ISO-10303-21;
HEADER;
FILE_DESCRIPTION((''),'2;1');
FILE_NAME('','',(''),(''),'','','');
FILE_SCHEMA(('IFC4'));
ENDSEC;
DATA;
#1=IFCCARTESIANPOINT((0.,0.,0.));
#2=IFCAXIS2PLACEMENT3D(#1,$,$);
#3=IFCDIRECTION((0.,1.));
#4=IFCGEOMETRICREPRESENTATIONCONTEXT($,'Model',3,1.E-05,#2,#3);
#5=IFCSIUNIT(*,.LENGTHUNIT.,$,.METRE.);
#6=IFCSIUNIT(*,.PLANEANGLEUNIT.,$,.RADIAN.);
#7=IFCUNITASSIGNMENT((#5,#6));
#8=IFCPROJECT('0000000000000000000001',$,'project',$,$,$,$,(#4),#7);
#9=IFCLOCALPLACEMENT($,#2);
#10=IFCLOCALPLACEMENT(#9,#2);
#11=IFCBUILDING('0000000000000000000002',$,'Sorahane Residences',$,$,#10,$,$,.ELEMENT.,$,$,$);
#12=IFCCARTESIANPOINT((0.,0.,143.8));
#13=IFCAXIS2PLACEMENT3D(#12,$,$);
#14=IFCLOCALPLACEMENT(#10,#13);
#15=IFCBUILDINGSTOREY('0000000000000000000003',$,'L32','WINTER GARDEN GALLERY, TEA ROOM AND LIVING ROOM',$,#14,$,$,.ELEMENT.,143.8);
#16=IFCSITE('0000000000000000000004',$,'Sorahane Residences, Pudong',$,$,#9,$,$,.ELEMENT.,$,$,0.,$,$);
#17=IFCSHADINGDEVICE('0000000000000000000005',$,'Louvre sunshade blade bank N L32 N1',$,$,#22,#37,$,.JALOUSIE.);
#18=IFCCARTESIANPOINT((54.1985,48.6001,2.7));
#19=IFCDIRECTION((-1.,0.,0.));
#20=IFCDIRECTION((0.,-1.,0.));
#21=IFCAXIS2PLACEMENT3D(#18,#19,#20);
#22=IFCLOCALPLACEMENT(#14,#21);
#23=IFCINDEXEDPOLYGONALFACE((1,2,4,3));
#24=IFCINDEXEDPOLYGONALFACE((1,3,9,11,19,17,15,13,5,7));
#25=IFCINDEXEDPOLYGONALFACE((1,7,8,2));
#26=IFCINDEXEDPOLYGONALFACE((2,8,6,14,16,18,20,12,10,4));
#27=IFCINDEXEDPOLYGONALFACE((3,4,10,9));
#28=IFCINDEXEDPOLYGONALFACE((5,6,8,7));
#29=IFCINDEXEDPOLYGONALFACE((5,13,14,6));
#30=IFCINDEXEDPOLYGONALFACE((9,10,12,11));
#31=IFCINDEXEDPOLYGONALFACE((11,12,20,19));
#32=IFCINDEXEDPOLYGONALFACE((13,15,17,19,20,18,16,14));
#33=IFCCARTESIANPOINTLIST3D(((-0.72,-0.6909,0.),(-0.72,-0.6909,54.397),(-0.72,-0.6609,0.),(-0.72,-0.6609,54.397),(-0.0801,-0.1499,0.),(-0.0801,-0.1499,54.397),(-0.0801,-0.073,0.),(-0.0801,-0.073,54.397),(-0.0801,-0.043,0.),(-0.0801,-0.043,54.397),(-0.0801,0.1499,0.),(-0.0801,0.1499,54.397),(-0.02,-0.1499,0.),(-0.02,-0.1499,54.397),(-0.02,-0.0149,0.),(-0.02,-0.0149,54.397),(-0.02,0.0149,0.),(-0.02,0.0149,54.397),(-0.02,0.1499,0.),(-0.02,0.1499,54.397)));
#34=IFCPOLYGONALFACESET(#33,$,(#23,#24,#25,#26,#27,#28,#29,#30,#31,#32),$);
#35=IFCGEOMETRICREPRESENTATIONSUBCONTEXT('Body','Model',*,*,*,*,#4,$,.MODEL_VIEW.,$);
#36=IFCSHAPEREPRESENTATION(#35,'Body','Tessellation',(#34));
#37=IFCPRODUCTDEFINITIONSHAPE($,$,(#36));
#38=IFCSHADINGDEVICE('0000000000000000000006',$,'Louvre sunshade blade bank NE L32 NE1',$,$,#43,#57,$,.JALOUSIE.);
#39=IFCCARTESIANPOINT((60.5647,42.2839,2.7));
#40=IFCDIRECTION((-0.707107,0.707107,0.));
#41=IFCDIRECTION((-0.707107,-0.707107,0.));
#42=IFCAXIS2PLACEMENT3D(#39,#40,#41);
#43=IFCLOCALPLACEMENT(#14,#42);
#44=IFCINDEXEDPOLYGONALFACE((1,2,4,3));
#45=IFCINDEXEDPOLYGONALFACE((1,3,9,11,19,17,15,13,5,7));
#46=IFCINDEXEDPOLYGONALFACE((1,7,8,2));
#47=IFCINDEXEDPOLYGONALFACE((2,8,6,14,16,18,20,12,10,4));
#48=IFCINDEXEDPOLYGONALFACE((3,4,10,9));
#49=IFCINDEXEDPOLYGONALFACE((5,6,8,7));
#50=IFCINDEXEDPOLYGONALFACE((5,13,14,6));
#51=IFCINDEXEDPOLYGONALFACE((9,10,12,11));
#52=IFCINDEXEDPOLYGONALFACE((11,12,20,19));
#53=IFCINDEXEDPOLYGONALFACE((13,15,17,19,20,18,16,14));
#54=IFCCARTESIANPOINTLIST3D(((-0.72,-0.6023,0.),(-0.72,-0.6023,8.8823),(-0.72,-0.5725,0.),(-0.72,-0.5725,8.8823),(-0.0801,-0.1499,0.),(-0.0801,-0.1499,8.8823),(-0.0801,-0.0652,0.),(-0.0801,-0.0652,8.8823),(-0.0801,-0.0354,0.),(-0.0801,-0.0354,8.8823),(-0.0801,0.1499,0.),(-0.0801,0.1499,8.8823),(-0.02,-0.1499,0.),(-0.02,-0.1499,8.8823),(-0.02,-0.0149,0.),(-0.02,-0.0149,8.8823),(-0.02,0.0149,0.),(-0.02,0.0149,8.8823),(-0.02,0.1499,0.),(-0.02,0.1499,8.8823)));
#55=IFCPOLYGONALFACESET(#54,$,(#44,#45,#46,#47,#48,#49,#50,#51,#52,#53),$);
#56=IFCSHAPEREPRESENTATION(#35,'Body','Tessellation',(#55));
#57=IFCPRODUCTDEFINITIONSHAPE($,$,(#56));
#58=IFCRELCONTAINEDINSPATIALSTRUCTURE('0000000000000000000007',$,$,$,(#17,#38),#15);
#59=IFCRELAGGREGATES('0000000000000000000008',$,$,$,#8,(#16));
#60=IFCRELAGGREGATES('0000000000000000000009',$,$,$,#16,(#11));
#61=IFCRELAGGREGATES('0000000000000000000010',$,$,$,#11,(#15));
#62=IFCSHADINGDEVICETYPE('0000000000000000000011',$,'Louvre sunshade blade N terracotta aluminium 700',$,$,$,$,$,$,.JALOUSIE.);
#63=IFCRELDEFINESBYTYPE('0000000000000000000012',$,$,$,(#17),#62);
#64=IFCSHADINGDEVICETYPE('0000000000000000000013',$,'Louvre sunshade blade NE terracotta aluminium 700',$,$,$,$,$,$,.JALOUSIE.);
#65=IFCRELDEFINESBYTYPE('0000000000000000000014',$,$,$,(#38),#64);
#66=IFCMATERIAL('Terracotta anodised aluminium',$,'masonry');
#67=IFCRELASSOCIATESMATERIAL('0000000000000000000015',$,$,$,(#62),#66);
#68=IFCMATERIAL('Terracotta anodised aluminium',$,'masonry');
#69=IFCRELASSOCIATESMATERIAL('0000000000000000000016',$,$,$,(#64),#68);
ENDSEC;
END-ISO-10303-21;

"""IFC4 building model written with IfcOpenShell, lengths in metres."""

from ifc_helpers import new_model, si_unit, direction, frame, origin, place, context, subcontext, project, spatial, polyline, outline, extrude, material, type_object, element, save


model = new_model("IFC4")

# Units and contexts
model_context = context("Model", 3, precision=1e-05, world=origin(), true_north=direction((0.0, 1.0)))
body_context = subcontext(model_context, "Body", "Model", "MODEL_VIEW")
ifc_project = project(units=[si_unit("LENGTHUNIT", "METRE"), si_unit("PLANEANGLEUNIT", "RADIAN")], contexts=[model_context])

# Site, building, storey
site_placement = place(None, origin())
site = spatial("IfcSite", under=ifc_project, at=site_placement, Name="Sorahane Residences, Pudong", CompositionType="ELEMENT", RefElevation=0.0)
building_placement = place(site_placement, origin())
building = spatial("IfcBuilding", under=site, at=building_placement, Name="Sorahane Residences", CompositionType="ELEMENT")
storey_placement = place(building_placement, frame((0.0, 0.0, 143.8)))
storey = spatial("IfcBuildingStorey", under=building, at=storey_placement, Name="L32", Description="WINTER GARDEN GALLERY, TEA ROOM AND LIVING ROOM", CompositionType="ELEMENT", Elevation=143.8)

# Shading devices
ifc_material_1 = material(Name="Terracotta anodised aluminium", Category="masonry")
shading_device_type_1 = type_object("IfcShadingDeviceType", Name="Louvre sunshade blade N terracotta aluminium 700", PredefinedType="JALOUSIE", material=ifc_material_1)
shading_device_1_placement = place(storey_placement, frame((54.1985, 48.6001, 2.7), z_axis=(-1.0, 0.0, 0.0), x_axis=(0.0, -1.0, 0.0)))
element("IfcShadingDevice", 1, at=shading_device_1_placement, inside=storey, type_object=shading_device_type_1, Name="Louvre sunshade blade bank N L32 N1", PredefinedType="JALOUSIE", context=body_context, shape_type="SweptSolid", body=[
    extrude(outline(polyline([(-0.72, -0.6609), (-0.72, -0.6909), (-0.0801, -0.073), (-0.0801, -0.1499), (-0.02, -0.1499), (-0.02, -0.0149), (-0.02, 0.0149), (-0.02, 0.1499), (-0.0801, 0.1499), (-0.0801, -0.043), (-0.72, -0.6609)])), origin(), (0.0, 0.0, 1.0), 54.397),
])
ifc_material_2 = material(Name="Terracotta anodised aluminium", Category="masonry")
shading_device_type_2 = type_object("IfcShadingDeviceType", Name="Louvre sunshade blade NE terracotta aluminium 700", PredefinedType="JALOUSIE", material=ifc_material_2)
shading_device_2_placement = place(storey_placement, frame((60.5647, 42.2839, 2.7), z_axis=(-0.707107, 0.707107, 0.0), x_axis=(-0.707107, -0.707107, 0.0)))
element("IfcShadingDevice", 2, at=shading_device_2_placement, inside=storey, type_object=shading_device_type_2, Name="Louvre sunshade blade bank NE L32 NE1", PredefinedType="JALOUSIE", context=body_context, shape_type="SweptSolid", body=[
    extrude(outline(polyline([(-0.72, -0.5725), (-0.72, -0.6023), (-0.0801, -0.0652), (-0.0801, -0.1499), (-0.02, -0.1499), (-0.02, -0.0149), (-0.02, 0.0149), (-0.02, 0.1499), (-0.0801, 0.1499), (-0.0801, -0.0354), (-0.72, -0.5725)])), origin(), (0.0, 0.0, 1.0), 8.8823),
])

save(model, "model.ifc")
